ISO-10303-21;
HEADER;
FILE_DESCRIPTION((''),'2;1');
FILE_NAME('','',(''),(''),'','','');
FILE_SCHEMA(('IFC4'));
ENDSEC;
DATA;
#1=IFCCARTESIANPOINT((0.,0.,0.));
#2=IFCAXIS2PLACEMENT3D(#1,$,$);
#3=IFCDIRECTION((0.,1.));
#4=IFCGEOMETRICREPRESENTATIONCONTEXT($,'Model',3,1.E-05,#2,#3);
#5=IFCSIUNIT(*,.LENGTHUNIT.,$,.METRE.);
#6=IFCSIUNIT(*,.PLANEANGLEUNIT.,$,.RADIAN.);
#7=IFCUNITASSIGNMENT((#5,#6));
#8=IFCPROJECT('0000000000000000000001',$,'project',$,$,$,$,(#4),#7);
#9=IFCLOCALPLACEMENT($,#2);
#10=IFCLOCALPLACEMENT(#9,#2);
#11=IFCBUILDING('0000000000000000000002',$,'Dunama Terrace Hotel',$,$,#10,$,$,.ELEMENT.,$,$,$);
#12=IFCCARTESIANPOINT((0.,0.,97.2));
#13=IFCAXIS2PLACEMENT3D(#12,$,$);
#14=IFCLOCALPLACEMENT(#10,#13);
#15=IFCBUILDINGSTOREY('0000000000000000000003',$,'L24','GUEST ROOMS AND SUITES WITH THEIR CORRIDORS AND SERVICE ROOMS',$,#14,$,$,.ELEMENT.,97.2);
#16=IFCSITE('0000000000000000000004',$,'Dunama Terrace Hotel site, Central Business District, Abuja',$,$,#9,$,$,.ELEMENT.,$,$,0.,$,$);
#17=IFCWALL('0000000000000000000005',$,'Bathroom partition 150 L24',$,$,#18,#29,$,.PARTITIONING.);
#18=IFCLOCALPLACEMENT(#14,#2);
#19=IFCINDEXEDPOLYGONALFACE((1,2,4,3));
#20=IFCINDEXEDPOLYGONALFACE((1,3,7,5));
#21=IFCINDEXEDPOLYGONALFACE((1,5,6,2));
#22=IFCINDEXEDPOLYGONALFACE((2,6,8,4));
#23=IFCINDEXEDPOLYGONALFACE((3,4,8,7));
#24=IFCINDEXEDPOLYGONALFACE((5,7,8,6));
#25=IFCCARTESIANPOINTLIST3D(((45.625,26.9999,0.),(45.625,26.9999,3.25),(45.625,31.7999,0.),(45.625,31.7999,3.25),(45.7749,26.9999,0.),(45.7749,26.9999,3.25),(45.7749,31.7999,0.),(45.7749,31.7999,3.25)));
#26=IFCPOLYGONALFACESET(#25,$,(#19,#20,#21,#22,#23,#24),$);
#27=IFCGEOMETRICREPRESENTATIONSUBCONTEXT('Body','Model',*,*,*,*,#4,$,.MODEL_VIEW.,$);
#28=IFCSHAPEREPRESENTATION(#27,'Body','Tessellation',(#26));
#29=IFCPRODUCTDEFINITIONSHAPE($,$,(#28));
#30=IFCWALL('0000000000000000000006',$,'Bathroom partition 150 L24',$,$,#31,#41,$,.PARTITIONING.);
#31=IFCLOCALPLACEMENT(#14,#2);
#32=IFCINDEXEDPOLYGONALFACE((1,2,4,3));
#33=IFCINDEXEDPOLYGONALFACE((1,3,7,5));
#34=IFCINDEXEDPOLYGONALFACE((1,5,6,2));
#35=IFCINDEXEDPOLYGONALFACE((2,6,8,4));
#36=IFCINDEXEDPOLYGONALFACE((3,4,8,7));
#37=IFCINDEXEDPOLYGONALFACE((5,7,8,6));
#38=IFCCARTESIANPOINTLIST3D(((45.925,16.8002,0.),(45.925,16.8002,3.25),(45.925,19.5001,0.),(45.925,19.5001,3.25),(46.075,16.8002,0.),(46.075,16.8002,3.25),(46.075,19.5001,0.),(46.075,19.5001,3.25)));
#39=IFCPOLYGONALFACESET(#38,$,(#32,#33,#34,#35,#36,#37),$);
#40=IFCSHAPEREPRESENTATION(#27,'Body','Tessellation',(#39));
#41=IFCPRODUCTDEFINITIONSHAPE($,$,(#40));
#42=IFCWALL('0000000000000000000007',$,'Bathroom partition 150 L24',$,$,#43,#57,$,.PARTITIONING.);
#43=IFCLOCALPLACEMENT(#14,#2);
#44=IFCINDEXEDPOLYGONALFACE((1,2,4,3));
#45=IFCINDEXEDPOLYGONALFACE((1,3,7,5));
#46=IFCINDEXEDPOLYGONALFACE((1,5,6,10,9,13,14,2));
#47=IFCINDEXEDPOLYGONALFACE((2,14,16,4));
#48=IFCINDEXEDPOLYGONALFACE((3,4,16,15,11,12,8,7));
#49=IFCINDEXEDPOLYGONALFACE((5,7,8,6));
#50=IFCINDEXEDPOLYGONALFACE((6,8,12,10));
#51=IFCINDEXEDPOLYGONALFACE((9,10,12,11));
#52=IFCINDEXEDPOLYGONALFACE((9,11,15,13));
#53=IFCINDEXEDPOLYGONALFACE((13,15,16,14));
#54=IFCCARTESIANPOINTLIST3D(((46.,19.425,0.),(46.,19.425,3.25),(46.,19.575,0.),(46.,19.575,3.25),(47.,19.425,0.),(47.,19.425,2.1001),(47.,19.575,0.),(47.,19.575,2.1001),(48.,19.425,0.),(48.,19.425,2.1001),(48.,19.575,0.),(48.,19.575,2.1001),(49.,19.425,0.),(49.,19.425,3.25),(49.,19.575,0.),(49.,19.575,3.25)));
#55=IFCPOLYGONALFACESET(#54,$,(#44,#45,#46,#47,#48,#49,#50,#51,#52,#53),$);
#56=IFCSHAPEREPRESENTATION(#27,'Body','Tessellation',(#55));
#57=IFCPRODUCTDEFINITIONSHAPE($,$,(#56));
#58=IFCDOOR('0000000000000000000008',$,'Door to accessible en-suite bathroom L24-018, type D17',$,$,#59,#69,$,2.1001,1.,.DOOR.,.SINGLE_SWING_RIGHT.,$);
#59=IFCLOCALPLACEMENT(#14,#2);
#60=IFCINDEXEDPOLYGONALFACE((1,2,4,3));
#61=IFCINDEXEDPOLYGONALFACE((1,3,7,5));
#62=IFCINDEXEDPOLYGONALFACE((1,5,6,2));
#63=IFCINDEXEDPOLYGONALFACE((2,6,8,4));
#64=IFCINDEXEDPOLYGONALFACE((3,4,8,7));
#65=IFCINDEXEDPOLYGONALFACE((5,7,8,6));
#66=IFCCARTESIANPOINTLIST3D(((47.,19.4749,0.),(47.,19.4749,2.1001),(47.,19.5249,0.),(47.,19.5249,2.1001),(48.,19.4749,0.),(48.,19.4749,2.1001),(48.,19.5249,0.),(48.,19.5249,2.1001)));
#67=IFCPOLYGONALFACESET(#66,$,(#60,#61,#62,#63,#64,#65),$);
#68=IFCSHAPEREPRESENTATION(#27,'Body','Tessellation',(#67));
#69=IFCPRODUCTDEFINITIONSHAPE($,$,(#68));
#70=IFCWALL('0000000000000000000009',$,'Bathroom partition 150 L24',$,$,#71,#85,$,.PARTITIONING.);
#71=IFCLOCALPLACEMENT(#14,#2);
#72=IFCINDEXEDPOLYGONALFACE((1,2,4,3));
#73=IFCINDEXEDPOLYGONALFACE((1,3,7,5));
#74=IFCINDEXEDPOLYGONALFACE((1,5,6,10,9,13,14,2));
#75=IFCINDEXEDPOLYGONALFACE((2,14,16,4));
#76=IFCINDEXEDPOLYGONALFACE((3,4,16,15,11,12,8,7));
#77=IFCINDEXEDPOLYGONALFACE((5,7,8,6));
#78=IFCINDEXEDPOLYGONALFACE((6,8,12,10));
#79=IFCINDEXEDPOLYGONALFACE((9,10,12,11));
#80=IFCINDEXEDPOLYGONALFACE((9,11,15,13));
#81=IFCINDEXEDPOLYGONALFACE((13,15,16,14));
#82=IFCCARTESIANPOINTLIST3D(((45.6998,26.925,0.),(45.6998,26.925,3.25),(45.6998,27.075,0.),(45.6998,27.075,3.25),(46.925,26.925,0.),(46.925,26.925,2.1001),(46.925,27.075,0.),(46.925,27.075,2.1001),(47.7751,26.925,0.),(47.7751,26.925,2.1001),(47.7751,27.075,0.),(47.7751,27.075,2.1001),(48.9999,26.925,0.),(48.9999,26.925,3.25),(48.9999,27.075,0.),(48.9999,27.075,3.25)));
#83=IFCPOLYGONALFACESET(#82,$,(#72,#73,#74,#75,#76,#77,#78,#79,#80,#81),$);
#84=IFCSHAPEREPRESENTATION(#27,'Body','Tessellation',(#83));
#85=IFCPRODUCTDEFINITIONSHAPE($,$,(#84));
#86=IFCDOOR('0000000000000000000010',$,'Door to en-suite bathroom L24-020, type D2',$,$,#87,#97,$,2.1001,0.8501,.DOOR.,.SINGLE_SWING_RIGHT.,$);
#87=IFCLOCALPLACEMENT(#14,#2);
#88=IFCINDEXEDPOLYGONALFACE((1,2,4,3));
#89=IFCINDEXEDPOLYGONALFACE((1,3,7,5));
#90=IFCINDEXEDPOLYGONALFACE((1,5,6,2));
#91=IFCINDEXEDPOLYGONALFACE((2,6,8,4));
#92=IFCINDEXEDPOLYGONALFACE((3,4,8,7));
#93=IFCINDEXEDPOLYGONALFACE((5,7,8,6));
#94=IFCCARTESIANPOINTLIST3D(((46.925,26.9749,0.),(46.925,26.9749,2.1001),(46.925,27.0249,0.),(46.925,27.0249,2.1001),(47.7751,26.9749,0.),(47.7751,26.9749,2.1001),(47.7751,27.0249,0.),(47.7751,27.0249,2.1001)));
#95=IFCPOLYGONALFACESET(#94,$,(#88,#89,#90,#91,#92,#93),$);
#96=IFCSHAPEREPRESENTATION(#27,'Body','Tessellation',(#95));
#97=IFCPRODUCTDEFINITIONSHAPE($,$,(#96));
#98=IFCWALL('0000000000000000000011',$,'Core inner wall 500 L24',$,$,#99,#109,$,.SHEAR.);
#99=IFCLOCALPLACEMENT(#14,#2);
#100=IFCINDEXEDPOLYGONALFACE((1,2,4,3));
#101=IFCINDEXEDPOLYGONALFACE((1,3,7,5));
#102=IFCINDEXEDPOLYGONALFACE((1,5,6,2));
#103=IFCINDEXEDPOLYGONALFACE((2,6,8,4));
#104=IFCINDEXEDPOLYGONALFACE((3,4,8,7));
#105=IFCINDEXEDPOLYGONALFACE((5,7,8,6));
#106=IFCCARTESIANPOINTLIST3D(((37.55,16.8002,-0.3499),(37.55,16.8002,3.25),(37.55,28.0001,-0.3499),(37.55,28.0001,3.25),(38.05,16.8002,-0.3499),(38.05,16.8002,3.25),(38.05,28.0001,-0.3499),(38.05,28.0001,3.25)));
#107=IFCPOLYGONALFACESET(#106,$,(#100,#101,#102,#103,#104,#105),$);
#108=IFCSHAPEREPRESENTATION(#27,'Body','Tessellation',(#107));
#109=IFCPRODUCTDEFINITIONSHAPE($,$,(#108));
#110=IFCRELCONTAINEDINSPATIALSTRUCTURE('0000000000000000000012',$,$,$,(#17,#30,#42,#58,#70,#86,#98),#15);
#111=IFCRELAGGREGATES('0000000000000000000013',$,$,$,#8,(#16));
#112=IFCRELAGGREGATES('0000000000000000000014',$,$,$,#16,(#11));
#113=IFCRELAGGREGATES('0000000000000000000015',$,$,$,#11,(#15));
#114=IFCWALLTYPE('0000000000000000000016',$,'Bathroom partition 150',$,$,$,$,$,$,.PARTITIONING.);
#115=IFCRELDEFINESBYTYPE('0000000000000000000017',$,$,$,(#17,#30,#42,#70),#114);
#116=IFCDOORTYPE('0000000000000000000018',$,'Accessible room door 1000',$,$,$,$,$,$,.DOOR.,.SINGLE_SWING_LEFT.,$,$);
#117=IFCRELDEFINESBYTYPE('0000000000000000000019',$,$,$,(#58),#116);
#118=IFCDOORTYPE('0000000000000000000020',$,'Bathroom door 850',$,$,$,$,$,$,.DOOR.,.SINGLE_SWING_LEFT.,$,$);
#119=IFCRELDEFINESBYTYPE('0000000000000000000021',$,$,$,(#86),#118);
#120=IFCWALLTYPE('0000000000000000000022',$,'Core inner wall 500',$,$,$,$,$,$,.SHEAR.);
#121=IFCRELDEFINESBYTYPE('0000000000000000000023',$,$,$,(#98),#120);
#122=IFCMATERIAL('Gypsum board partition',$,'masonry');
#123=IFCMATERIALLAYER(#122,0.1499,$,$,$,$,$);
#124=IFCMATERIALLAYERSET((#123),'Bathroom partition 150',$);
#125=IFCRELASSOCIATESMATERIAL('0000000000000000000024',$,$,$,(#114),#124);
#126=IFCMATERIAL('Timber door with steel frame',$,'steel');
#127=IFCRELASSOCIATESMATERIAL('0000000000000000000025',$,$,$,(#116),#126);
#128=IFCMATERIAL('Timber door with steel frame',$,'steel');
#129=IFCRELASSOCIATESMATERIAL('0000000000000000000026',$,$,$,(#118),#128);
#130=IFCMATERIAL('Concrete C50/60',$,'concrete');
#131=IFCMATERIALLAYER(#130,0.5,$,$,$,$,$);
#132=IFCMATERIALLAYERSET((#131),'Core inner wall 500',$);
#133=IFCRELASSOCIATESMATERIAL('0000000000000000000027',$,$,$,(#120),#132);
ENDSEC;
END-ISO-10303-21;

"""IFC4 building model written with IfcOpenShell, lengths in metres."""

from ifc_helpers import new_model, si_unit, direction, frame, frame_2d, origin, place, context, subcontext, project, spatial, rectangle, extrude, material, layer, layer_set, type_object, element, fill, save


model = new_model("IFC4")

# Units and contexts
model_context = context("Model", 3, precision=1e-05, world=origin(), true_north=direction((0.0, 1.0)))
body_context = subcontext(model_context, "Body", "Model", "MODEL_VIEW")
ifc_project = project(units=[si_unit("LENGTHUNIT", "METRE"), si_unit("PLANEANGLEUNIT", "RADIAN")], contexts=[model_context])

# Site, building, storey
site_placement = place(None, origin())
site = spatial("IfcSite", under=ifc_project, at=site_placement, Name="Dunama Terrace Hotel site, Central Business District, Abuja", CompositionType="ELEMENT", RefElevation=0.0)
building_placement = place(site_placement, origin())
building = spatial("IfcBuilding", under=site, at=building_placement, Name="Dunama Terrace Hotel", CompositionType="ELEMENT")
storey_placement = place(building_placement, frame((0.0, 0.0, 97.2)))
storey = spatial("IfcBuildingStorey", under=building, at=storey_placement, Name="L24", Description="GUEST ROOMS AND SUITES WITH THEIR CORRIDORS AND SERVICE ROOMS", CompositionType="ELEMENT", Elevation=97.2)

# Walls
ifc_material_1 = material(Name="Gypsum board partition", Category="masonry")
ifc_layer_1 = layer(ifc_material_1, 0.1499)
ifc_layer_set_1 = layer_set([ifc_layer_1], Name="Bathroom partition 150")
wall_type_1 = type_object("IfcWallType", Name="Bathroom partition 150", PredefinedType="PARTITIONING", material=ifc_layer_set_1)
wall_1_placement = place(storey_placement, frame((45.7, 27.0, 0.0), z_axis=(0.0, 0.0, 1.0), x_axis=(0.0, 1.0, 0.0)))
element("IfcWall", 1, at=wall_1_placement, inside=storey, type_object=wall_type_1, Name="Bathroom partition 150 L24", PredefinedType="PARTITIONING", context=body_context, shape_type="SweptSolid", body=[
    extrude(rectangle(XDim=4.8, YDim=0.1499, at=frame_2d((2.3999, 0.0))), origin(), (0.0, 0.0, 1.0), 3.25),
])
wall_2_placement = place(storey_placement, frame((46.0, 16.8, 0.0), z_axis=(0.0, 0.0, 1.0), x_axis=(0.0, 1.0, 0.0)))
element("IfcWall", 2, at=wall_2_placement, inside=storey, type_object=wall_type_1, Name="Bathroom partition 150 L24", PredefinedType="PARTITIONING", context=body_context, shape_type="SweptSolid", body=[
    extrude(rectangle(XDim=2.7, YDim=0.1499, at=frame_2d((1.3501, 0.0))), origin(), (0.0, 0.0, 1.0), 3.25),
])

# Walls, openings, doors
wall_3_placement = place(storey_placement, frame((46.0, 19.5, 0.0), z_axis=(0.0, 0.0, 1.0), x_axis=(1.0, 0.0, 0.0)))
wall_3 = element("IfcWall", 3, at=wall_3_placement, inside=storey, type_object=wall_type_1, Name="Bathroom partition 150 L24", PredefinedType="PARTITIONING", context=body_context, shape_type="SweptSolid", body=[
    extrude(rectangle(XDim=3.0, YDim=0.1499, at=frame_2d((1.5, 0.0))), origin(), (0.0, 0.0, 1.0), 3.25),
])
opening_1_placement = place(wall_3_placement, frame((1.0, 0.0, 0.0)))
opening_1 = element("IfcOpeningElement", 4, at=opening_1_placement, cuts=wall_3, PredefinedType="OPENING", context=body_context, shape_type="SweptSolid", body=[
    extrude(rectangle(XDim=1.0, YDim=2.1001, at=frame_2d((0.5, 1.05))), frame((0.0, 0.085, 0.0), z_axis=(0.0, -1.0, 0.0), x_axis=(1.0, 0.0, 0.0)), (0.0, 0.0, 1.0), 0.1699),
])
ifc_material_2 = material(Name="Timber door with steel frame", Category="steel")
door_type_1 = type_object("IfcDoorType", Name="Accessible room door 1000", OperationType="SINGLE_SWING_LEFT", PredefinedType="DOOR", material=ifc_material_2)
door_1_placement = place(opening_1_placement, frame((1.0, 0.0, 0.0), z_axis=(0.0, 0.0, 1.0), x_axis=(-1.0, 0.0, 0.0)))
door_1 = element("IfcDoor", 5, at=door_1_placement, inside=storey, type_object=door_type_1, Name="Door to accessible en-suite bathroom L24-018, type D17", OperationType="SINGLE_SWING_RIGHT", OverallHeight=2.1001, OverallWidth=1.0, PredefinedType="DOOR", context=body_context, shape_type="SweptSolid", body=[
    extrude(rectangle(XDim=1.0, YDim=2.1001, at=frame_2d((0.5, 1.05))), frame((0.0, 0.0251, 0.0), z_axis=(0.0, -1.0, 0.0), x_axis=(1.0, 0.0, 0.0)), (0.0, 0.0, 1.0), 0.05),
])
fill(opening_1, door_1)
wall_4_placement = place(storey_placement, frame((45.7, 27.0, 0.0), z_axis=(0.0, 0.0, 1.0), x_axis=(1.0, 0.0, 0.0)))
wall_4 = element("IfcWall", 6, at=wall_4_placement, inside=storey, type_object=wall_type_1, Name="Bathroom partition 150 L24", PredefinedType="PARTITIONING", context=body_context, shape_type="SweptSolid", body=[
    extrude(rectangle(XDim=3.3, YDim=0.1499, at=frame_2d((1.6499, 0.0))), origin(), (0.0, 0.0, 1.0), 3.25),
])
opening_2_placement = place(wall_4_placement, frame((1.2251, 0.0, 0.0)))
opening_2 = element("IfcOpeningElement", 7, at=opening_2_placement, cuts=wall_4, PredefinedType="OPENING", context=body_context, shape_type="SweptSolid", body=[
    extrude(rectangle(XDim=0.8501, YDim=2.1001, at=frame_2d((0.425, 1.05))), frame((0.0, 0.085, 0.0), z_axis=(0.0, -1.0, 0.0), x_axis=(1.0, 0.0, 0.0)), (0.0, 0.0, 1.0), 0.1699),
])
ifc_material_3 = material(Name="Timber door with steel frame", Category="steel")
door_type_2 = type_object("IfcDoorType", Name="Bathroom door 850", OperationType="SINGLE_SWING_LEFT", PredefinedType="DOOR", material=ifc_material_3)
door_2_placement = place(opening_2_placement, origin())
door_2 = element("IfcDoor", 8, at=door_2_placement, inside=storey, type_object=door_type_2, Name="Door to en-suite bathroom L24-020, type D2", OperationType="SINGLE_SWING_RIGHT", OverallHeight=2.1001, OverallWidth=0.8501, PredefinedType="DOOR", context=body_context, shape_type="SweptSolid", body=[
    extrude(rectangle(XDim=0.8501, YDim=2.1001, at=frame_2d((0.425, 1.05))), frame((0.0, 0.0249, 0.0), z_axis=(0.0, -1.0, 0.0), x_axis=(1.0, 0.0, 0.0)), (0.0, 0.0, 1.0), 0.05),
])
fill(opening_2, door_2)

# Wall
ifc_material_4 = material(Name="Concrete C50/60", Category="concrete")
ifc_layer_2 = layer(ifc_material_4, 0.5)
ifc_layer_set_2 = layer_set([ifc_layer_2], Name="Core inner wall 500")
wall_type_2 = type_object("IfcWallType", Name="Core inner wall 500", PredefinedType="SHEAR", material=ifc_layer_set_2)
wall_5_placement = place(storey_placement, frame((37.8, 16.8, -0.3499), z_axis=(0.0, 0.0, 1.0), x_axis=(0.0, 1.0, 0.0)))
element("IfcWall", 9, at=wall_5_placement, inside=storey, type_object=wall_type_2, Name="Core inner wall 500 L24", PredefinedType="SHEAR", context=body_context, shape_type="SweptSolid", body=[
    extrude(rectangle(XDim=11.2, YDim=0.5, at=frame_2d((5.6001, 0.0))), origin(), (0.0, 0.0, 1.0), 3.5999),
])

save(model, "model.ifc")
